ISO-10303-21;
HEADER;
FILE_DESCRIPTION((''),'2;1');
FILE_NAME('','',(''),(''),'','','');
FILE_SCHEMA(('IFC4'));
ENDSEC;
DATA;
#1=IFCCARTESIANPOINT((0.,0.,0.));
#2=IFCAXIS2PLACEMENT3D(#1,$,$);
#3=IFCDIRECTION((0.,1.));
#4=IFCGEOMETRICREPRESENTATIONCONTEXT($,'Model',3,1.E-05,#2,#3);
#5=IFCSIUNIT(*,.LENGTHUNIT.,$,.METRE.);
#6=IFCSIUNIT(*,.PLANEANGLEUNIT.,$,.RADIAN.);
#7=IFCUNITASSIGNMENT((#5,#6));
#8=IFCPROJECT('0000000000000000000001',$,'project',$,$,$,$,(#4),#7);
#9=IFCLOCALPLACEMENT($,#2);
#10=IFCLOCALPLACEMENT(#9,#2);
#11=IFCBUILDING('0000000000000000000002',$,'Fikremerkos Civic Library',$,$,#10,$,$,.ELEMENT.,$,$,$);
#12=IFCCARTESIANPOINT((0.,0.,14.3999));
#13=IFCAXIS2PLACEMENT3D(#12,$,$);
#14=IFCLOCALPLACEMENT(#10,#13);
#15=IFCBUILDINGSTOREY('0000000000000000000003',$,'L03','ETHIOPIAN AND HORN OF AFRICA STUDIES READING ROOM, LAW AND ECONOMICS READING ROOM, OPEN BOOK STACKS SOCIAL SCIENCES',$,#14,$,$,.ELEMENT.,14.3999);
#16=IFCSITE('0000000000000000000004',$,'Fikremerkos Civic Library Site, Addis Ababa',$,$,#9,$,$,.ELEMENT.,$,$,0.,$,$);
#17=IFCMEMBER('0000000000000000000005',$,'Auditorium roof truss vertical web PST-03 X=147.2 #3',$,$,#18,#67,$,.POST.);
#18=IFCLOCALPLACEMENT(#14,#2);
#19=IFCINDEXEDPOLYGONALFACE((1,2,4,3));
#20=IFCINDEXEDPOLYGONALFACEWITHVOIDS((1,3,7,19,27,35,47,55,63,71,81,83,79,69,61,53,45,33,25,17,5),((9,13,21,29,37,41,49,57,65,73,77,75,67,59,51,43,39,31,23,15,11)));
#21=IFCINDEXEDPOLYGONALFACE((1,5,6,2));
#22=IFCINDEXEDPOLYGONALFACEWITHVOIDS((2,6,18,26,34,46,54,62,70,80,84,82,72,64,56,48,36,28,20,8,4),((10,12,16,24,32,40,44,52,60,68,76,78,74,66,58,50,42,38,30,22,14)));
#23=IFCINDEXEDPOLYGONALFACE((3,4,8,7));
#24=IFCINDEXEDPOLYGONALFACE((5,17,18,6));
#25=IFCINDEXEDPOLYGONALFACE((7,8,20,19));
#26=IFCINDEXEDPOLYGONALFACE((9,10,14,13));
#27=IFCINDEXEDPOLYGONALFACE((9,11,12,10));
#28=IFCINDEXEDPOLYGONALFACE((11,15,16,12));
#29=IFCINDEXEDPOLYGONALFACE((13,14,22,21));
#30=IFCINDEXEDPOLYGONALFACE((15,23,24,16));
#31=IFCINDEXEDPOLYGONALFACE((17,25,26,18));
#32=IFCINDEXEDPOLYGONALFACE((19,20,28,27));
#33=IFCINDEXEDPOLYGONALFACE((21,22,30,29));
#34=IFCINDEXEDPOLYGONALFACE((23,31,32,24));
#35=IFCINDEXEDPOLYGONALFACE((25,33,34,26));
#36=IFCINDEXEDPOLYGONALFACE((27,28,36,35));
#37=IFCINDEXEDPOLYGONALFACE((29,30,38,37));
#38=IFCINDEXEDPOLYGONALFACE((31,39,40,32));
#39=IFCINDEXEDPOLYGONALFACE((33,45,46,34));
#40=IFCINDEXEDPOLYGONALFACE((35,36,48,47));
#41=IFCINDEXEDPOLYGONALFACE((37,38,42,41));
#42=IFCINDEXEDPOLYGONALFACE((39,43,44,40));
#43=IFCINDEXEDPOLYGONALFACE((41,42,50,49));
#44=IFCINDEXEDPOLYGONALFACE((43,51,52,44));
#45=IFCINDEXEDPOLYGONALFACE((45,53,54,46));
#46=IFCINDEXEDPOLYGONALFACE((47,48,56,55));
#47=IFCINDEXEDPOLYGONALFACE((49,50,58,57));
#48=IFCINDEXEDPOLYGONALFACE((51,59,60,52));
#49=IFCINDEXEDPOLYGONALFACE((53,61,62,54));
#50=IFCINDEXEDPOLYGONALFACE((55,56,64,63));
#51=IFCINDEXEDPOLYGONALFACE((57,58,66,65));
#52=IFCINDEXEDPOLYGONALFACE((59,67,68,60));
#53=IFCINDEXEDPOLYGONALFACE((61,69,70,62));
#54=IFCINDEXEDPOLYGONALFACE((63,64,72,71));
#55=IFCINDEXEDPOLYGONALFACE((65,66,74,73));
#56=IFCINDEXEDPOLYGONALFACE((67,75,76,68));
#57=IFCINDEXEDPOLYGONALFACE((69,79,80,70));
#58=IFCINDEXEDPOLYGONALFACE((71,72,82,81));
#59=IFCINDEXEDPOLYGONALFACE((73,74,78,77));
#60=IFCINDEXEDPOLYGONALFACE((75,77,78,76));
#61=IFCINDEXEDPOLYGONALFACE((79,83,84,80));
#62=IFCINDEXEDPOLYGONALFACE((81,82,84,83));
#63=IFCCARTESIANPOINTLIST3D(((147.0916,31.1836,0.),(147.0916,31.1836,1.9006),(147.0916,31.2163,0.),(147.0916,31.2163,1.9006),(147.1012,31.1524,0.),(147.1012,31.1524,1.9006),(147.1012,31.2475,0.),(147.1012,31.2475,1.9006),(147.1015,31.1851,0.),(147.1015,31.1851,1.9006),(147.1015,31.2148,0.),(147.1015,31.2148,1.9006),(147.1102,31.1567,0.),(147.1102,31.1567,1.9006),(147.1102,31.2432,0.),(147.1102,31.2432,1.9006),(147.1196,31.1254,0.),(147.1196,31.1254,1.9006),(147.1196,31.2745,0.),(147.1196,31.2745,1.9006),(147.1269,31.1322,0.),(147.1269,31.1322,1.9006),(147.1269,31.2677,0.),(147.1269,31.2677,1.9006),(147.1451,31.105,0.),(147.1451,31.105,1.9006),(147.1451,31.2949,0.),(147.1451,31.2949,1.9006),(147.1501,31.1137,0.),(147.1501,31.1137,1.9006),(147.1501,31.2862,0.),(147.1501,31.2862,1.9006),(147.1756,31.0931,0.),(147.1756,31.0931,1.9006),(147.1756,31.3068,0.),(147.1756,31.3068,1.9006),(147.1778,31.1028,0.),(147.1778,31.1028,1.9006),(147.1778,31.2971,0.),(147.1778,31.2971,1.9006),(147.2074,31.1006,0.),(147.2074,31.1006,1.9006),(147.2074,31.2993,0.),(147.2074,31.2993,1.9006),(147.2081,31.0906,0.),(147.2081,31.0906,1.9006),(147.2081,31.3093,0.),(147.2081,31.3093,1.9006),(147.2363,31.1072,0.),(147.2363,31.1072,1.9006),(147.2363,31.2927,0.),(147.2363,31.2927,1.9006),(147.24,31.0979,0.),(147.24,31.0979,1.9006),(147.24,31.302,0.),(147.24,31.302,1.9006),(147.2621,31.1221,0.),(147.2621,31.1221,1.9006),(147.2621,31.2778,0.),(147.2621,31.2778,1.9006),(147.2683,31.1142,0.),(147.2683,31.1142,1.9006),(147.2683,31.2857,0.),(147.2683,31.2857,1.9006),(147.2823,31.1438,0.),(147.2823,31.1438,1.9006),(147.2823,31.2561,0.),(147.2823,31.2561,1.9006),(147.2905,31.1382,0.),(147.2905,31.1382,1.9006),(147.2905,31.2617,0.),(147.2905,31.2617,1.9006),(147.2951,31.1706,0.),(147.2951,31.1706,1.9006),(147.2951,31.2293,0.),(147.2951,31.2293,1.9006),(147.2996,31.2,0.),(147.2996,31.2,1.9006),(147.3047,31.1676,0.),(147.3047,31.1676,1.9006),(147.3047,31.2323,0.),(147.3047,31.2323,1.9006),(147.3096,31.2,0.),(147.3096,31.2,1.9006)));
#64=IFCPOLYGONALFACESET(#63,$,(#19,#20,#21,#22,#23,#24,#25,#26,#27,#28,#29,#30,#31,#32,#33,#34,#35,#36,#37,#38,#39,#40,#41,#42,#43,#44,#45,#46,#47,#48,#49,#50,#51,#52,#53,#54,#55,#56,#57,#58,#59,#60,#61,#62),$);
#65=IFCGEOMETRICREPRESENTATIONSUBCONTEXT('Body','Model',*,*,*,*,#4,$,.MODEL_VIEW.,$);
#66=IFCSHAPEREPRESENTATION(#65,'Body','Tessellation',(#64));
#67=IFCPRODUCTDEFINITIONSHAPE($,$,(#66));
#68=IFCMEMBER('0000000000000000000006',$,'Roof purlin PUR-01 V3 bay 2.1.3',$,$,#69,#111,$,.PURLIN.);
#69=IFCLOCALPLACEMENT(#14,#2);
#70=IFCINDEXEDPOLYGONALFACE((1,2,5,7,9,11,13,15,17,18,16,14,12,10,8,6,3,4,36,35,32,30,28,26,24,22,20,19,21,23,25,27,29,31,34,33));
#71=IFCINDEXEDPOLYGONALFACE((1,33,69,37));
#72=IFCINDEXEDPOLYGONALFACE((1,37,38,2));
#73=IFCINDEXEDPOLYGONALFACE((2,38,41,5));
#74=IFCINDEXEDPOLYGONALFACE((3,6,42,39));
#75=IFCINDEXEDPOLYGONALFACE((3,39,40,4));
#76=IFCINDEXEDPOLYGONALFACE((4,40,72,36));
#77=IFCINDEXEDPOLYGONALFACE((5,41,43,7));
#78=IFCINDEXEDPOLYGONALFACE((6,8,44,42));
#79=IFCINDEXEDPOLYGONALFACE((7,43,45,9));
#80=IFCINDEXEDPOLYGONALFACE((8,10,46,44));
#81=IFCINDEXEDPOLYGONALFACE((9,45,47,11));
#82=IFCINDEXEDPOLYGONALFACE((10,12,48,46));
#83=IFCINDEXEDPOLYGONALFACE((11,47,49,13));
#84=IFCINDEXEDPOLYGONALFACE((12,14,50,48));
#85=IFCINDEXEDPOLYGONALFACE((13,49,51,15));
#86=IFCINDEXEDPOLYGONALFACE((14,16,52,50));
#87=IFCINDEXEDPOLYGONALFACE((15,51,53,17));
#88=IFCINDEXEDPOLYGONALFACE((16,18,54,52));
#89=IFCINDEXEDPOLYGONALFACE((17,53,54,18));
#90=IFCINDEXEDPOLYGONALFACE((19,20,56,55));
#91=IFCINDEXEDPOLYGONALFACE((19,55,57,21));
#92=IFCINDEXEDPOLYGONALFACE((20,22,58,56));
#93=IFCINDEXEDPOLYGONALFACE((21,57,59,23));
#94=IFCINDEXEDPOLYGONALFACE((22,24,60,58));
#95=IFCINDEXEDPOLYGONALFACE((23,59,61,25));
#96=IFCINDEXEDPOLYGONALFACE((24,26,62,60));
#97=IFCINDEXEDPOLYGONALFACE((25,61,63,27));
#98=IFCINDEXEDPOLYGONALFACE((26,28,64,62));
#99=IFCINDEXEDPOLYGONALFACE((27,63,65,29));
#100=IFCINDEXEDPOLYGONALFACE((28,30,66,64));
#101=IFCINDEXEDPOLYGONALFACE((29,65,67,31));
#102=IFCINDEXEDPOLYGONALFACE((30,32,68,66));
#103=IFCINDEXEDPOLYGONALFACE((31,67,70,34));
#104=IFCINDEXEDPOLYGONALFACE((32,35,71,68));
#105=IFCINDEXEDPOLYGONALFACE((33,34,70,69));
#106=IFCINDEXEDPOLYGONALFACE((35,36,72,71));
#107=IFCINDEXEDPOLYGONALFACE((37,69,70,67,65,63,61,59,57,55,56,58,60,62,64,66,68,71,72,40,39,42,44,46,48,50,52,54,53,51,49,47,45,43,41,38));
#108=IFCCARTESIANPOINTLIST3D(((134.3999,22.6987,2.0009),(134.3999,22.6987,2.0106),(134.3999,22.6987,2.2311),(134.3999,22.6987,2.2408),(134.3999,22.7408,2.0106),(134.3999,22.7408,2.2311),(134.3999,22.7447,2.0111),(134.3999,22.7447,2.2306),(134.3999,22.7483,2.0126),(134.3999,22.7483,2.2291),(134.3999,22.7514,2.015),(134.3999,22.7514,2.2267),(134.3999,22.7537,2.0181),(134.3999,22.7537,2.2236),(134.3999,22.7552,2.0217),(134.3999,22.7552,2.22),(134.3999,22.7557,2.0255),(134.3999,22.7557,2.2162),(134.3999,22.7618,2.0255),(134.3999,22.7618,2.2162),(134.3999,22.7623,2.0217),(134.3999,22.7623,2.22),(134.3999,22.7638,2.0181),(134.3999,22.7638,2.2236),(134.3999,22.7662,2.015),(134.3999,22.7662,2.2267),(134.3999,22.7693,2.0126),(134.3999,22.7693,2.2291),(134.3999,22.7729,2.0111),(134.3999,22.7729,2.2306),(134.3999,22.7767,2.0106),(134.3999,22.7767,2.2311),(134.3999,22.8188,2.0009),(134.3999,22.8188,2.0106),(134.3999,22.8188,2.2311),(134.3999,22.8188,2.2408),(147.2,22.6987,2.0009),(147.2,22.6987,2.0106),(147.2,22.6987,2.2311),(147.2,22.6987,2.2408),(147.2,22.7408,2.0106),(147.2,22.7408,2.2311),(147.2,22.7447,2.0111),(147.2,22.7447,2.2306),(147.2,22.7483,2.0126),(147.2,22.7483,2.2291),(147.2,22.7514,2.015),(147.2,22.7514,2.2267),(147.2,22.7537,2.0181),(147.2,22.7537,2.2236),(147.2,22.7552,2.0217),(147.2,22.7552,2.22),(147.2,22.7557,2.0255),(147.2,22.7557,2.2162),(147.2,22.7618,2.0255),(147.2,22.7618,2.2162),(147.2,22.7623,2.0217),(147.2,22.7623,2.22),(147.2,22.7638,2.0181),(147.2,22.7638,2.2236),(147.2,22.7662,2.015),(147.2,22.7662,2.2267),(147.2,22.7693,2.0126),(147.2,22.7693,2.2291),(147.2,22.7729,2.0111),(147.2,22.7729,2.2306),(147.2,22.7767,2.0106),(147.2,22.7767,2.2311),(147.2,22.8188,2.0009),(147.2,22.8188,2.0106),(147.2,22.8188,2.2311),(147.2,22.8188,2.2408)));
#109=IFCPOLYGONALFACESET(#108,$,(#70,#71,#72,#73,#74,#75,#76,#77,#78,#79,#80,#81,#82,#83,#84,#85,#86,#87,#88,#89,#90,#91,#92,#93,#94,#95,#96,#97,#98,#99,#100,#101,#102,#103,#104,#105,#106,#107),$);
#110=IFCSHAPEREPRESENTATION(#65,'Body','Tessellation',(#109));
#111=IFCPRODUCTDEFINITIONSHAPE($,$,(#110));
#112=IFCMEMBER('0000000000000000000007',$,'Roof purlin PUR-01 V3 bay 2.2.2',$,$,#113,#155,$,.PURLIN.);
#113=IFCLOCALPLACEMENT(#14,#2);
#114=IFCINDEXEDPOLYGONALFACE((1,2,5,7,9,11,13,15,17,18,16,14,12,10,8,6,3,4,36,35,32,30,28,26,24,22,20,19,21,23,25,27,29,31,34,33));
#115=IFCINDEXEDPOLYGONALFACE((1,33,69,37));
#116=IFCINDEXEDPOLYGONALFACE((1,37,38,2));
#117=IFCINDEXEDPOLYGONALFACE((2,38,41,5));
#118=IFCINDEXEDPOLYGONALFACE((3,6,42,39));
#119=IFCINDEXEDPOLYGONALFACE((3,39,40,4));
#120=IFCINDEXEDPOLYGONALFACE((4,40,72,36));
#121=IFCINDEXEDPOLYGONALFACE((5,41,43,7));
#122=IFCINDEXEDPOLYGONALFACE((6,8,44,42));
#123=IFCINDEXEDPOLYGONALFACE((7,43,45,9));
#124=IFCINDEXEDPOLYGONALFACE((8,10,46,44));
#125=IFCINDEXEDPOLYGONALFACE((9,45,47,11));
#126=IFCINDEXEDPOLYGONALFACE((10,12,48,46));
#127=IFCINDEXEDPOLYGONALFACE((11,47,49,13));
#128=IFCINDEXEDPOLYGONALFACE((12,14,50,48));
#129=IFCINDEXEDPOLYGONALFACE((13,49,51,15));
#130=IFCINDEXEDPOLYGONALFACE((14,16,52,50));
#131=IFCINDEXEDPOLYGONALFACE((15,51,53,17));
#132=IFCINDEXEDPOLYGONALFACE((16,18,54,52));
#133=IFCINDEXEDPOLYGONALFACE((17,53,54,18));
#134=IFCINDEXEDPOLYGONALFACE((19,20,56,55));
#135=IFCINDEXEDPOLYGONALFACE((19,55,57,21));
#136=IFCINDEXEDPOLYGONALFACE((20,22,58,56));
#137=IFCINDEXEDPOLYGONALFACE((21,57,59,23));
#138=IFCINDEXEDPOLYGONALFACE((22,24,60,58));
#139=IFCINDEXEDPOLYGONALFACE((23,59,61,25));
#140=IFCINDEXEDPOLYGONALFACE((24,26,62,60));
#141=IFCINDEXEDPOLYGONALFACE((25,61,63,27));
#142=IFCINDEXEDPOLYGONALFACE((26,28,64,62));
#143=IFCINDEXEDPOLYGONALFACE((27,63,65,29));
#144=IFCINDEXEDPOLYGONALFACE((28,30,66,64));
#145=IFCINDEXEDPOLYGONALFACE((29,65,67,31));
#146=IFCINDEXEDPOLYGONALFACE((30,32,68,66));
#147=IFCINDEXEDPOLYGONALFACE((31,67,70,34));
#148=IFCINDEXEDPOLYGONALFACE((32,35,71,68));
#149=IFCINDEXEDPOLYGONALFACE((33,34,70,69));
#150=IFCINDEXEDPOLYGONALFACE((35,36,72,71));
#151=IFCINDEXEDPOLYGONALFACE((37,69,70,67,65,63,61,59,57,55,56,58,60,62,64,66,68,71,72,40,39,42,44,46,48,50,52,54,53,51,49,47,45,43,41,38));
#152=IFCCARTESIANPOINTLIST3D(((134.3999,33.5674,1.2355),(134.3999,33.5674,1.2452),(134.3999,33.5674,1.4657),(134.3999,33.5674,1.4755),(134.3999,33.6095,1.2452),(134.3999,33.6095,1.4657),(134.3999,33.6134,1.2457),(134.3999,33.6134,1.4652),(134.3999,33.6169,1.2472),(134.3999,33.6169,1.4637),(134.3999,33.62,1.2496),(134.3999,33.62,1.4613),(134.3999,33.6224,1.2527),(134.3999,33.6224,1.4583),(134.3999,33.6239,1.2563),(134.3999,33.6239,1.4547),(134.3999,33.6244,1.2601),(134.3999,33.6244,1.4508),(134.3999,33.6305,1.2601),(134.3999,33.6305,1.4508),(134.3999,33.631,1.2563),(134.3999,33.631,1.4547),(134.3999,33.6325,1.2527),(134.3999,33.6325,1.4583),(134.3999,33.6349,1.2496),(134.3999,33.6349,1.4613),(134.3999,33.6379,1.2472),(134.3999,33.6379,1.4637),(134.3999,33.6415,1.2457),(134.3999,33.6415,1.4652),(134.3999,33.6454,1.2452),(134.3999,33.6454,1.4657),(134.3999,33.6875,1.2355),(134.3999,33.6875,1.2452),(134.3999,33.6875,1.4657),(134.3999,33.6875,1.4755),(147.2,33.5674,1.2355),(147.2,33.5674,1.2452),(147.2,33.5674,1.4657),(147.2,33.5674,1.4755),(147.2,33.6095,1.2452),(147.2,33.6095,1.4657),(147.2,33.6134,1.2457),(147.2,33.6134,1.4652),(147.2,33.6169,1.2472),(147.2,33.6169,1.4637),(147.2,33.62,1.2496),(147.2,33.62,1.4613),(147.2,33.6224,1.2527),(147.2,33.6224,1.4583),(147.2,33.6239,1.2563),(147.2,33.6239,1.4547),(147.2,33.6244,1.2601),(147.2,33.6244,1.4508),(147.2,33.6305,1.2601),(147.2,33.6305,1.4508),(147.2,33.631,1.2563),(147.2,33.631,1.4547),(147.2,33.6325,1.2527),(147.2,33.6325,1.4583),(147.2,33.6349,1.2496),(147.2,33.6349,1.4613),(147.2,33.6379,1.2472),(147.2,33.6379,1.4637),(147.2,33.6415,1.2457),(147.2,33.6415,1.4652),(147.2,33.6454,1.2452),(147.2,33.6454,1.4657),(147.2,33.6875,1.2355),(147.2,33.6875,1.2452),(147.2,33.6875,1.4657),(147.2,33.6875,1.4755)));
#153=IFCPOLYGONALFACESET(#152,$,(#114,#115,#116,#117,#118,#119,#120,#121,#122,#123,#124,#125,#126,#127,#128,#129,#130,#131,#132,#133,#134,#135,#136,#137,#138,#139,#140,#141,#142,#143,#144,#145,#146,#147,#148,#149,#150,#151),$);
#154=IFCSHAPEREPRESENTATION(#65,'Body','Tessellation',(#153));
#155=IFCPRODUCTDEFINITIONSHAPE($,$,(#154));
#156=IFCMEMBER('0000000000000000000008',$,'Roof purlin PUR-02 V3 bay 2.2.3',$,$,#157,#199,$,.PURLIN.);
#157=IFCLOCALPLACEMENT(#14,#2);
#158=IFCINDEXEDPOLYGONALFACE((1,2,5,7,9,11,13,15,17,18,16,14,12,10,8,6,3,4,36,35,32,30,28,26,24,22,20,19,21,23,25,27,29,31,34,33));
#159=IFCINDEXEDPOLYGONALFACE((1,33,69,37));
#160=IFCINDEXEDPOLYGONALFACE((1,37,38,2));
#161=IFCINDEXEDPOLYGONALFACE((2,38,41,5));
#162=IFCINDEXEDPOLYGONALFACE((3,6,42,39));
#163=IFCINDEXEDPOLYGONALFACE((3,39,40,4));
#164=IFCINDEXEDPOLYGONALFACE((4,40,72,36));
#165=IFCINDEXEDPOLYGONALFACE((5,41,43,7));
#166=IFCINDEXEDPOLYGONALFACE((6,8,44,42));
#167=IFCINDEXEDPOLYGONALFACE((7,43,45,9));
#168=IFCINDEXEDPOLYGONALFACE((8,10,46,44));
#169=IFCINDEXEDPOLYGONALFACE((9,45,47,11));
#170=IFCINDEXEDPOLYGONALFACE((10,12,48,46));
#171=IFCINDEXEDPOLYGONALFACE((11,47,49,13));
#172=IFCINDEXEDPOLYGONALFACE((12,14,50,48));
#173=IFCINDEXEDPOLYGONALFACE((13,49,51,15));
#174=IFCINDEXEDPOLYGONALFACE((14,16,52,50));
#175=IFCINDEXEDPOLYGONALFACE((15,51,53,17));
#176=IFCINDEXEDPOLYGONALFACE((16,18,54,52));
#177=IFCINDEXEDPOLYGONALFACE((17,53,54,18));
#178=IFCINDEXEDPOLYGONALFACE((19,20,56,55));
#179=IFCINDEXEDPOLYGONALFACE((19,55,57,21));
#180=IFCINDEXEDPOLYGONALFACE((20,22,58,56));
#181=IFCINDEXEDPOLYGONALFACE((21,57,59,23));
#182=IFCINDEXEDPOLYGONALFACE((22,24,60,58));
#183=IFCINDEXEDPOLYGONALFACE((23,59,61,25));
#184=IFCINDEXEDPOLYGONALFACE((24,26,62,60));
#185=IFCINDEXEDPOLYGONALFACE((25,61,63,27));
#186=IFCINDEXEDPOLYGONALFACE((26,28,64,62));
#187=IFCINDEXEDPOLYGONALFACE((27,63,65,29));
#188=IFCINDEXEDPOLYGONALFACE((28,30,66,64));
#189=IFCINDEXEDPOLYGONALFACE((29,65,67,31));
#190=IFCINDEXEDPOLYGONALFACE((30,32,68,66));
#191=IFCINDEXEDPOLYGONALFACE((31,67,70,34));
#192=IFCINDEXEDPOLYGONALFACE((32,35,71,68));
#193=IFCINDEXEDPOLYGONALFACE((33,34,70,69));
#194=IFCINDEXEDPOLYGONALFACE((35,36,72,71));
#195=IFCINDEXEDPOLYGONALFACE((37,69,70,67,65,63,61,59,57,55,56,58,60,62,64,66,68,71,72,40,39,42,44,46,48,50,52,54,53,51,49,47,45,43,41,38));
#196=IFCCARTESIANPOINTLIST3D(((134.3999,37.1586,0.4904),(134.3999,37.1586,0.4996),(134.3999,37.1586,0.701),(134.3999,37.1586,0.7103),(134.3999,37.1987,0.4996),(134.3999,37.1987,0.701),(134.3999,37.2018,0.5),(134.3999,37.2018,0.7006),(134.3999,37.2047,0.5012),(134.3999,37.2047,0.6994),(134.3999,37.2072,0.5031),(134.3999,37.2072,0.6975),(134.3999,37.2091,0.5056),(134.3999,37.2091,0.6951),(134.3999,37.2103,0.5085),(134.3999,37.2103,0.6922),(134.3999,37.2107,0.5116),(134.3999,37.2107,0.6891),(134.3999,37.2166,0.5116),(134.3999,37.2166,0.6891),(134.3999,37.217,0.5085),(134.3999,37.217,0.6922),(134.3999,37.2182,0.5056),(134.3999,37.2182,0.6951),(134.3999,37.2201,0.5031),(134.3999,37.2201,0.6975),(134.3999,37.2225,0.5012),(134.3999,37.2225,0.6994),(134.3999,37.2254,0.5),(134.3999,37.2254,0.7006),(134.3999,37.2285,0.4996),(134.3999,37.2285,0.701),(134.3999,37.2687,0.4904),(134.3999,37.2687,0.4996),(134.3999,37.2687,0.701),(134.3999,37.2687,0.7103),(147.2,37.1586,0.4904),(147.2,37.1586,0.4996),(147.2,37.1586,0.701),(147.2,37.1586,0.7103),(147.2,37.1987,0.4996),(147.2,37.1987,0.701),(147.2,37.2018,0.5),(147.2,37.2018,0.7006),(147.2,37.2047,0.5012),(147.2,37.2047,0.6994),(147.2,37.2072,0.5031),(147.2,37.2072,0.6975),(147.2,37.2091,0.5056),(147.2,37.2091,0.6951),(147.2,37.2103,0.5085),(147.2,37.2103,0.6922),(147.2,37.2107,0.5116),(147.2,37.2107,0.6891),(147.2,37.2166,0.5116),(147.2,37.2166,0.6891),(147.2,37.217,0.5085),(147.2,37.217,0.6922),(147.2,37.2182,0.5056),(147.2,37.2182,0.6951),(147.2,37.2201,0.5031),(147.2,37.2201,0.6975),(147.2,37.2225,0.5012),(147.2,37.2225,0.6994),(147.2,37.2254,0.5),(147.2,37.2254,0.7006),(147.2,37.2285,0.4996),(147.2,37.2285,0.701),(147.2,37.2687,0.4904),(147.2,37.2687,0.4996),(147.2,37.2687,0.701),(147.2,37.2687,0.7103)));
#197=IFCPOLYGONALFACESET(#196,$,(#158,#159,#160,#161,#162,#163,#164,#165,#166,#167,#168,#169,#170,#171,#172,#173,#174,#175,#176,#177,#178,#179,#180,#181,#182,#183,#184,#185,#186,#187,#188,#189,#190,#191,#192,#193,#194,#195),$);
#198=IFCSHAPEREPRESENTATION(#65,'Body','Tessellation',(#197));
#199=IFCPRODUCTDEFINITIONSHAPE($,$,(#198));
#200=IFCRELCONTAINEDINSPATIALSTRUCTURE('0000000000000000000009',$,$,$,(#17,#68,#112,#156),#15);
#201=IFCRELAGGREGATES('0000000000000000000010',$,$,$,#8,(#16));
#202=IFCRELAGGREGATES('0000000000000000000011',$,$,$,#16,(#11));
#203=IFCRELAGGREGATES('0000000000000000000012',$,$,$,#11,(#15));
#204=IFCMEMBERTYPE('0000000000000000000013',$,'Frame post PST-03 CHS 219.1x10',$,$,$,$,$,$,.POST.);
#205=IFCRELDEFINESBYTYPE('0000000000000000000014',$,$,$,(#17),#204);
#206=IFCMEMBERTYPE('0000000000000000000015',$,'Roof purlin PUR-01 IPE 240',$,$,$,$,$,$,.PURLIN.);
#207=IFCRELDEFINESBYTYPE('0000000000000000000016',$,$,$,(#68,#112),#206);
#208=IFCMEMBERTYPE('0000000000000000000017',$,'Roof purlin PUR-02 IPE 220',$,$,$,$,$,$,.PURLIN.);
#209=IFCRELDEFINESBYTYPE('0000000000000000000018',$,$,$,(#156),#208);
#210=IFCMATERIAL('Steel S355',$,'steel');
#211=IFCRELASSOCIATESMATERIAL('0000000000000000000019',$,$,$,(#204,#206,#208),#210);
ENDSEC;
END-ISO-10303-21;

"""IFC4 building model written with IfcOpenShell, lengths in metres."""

from ifc_helpers import new_model, si_unit, direction, frame, origin, origin_2d, place, context, subcontext, project, spatial, hollow_circle, i_section, extrude, material, material_profile, profile_set, type_object, element, save


model = new_model("IFC4")

# Units and contexts
model_context = context("Model", 3, precision=1e-05, world=origin(), true_north=direction((0.0, 1.0)))
body_context = subcontext(model_context, "Body", "Model", "MODEL_VIEW")
ifc_project = project(units=[si_unit("LENGTHUNIT", "METRE"), si_unit("PLANEANGLEUNIT", "RADIAN")], contexts=[model_context])

# Site, building, storey
site_placement = place(None, origin())
site = spatial("IfcSite", under=ifc_project, at=site_placement, Name="Fikremerkos Civic Library Site, Addis Ababa", CompositionType="ELEMENT", RefElevation=0.0)
building_placement = place(site_placement, origin())
building = spatial("IfcBuilding", under=site, at=building_placement, Name="Fikremerkos Civic Library", CompositionType="ELEMENT")
storey_placement = place(building_placement, frame((0.0, 0.0, 14.3999)))
storey = spatial("IfcBuildingStorey", under=building, at=storey_placement, Name="L03", Description="ETHIOPIAN AND HORN OF AFRICA STUDIES READING ROOM, LAW AND ECONOMICS READING ROOM, OPEN BOOK STACKS SOCIAL SCIENCES", CompositionType="ELEMENT", Elevation=14.3999)

# Members
ifc_material_1 = material(Name="Steel S355", Category="steel")
ifc_material_profile_1 = material_profile(ifc_material_1, hollow_circle(Radius=0.1096, WallThickness=0.01, at=origin_2d()), Name="CHS 219.1x10")
ifc_profile_set_1 = profile_set([ifc_material_profile_1], Name="Steel S355")
member_type_1 = type_object("IfcMemberType", Name="Frame post PST-03 CHS 219.1x10", PredefinedType="POST", material=ifc_profile_set_1)
member_1_placement = place(storey_placement, frame((147.2, 31.2, 0.0), z_axis=(0.0, 0.0, 1.0), x_axis=(1.0, 0.0, 0.0)))
element("IfcMember", 1, at=member_1_placement, inside=storey, type_object=member_type_1, Name="Auditorium roof truss vertical web PST-03 X=147.2 #3", PredefinedType="POST", context=body_context, shape_type="SweptSolid", body=[
    extrude(hollow_circle(Radius=0.1096, WallThickness=0.01, at=origin_2d()), origin(), (0.0, 0.0, 1.0), 1.9006),
])
ifc_material_profile_2 = material_profile(ifc_material_1, i_section(OverallWidth=0.1201, OverallDepth=0.24, WebThickness=0.0061, FlangeThickness=0.0098, FilletRadius=0.0149, at=origin_2d()), Name="IPE 240")
ifc_profile_set_2 = profile_set([ifc_material_profile_2], Name="Steel S355")
member_type_2 = type_object("IfcMemberType", Name="Roof purlin PUR-01 IPE 240", PredefinedType="PURLIN", material=ifc_profile_set_2)
for number, where, z_axis, x_axis, name in (
    (2, (134.3999, 22.7588, 2.1208), (1.0, 0.0, 0.0), (0.0, 1.0, 0.0), "Roof purlin PUR-01 V3 bay 2.1.3"),
    (3, (134.3999, 33.6274, 1.3555), (1.0, 0.0, 0.0), (0.0, 1.0, 0.0), "Roof purlin PUR-01 V3 bay 2.2.2"),
):
    element("IfcMember", number, at=place(storey_placement, frame(where, z_axis=z_axis, x_axis=x_axis)), inside=storey, type_object=member_type_2, Name=name, PredefinedType="PURLIN", context=body_context, shape_type="SweptSolid", body=[
        extrude(i_section(OverallWidth=0.1201, OverallDepth=0.24, WebThickness=0.0061, FlangeThickness=0.0098, FilletRadius=0.0149, at=origin_2d()), origin(), (0.0, 0.0, 1.0), 12.8),
    ])
ifc_material_profile_3 = material_profile(ifc_material_1, i_section(OverallWidth=0.1101, OverallDepth=0.22, WebThickness=0.0059, FlangeThickness=0.0093, FilletRadius=0.012, at=origin_2d()), Name="IPE 220")
ifc_profile_set_3 = profile_set([ifc_material_profile_3], Name="Steel S355")
member_type_3 = type_object("IfcMemberType", Name="Roof purlin PUR-02 IPE 220", PredefinedType="PURLIN", material=ifc_profile_set_3)
member_2_placement = place(storey_placement, frame((134.3999, 37.2136, 0.6003), z_axis=(1.0, 0.0, 0.0), x_axis=(0.0, 1.0, 0.0)))
element("IfcMember", 4, at=member_2_placement, inside=storey, type_object=member_type_3, Name="Roof purlin PUR-02 V3 bay 2.2.3", PredefinedType="PURLIN", context=body_context, shape_type="SweptSolid", body=[
    extrude(i_section(OverallWidth=0.1101, OverallDepth=0.22, WebThickness=0.0059, FlangeThickness=0.0093, FilletRadius=0.012, at=origin_2d()), origin(), (0.0, 0.0, 1.0), 12.8),
])

save(model, "model.ifc")
